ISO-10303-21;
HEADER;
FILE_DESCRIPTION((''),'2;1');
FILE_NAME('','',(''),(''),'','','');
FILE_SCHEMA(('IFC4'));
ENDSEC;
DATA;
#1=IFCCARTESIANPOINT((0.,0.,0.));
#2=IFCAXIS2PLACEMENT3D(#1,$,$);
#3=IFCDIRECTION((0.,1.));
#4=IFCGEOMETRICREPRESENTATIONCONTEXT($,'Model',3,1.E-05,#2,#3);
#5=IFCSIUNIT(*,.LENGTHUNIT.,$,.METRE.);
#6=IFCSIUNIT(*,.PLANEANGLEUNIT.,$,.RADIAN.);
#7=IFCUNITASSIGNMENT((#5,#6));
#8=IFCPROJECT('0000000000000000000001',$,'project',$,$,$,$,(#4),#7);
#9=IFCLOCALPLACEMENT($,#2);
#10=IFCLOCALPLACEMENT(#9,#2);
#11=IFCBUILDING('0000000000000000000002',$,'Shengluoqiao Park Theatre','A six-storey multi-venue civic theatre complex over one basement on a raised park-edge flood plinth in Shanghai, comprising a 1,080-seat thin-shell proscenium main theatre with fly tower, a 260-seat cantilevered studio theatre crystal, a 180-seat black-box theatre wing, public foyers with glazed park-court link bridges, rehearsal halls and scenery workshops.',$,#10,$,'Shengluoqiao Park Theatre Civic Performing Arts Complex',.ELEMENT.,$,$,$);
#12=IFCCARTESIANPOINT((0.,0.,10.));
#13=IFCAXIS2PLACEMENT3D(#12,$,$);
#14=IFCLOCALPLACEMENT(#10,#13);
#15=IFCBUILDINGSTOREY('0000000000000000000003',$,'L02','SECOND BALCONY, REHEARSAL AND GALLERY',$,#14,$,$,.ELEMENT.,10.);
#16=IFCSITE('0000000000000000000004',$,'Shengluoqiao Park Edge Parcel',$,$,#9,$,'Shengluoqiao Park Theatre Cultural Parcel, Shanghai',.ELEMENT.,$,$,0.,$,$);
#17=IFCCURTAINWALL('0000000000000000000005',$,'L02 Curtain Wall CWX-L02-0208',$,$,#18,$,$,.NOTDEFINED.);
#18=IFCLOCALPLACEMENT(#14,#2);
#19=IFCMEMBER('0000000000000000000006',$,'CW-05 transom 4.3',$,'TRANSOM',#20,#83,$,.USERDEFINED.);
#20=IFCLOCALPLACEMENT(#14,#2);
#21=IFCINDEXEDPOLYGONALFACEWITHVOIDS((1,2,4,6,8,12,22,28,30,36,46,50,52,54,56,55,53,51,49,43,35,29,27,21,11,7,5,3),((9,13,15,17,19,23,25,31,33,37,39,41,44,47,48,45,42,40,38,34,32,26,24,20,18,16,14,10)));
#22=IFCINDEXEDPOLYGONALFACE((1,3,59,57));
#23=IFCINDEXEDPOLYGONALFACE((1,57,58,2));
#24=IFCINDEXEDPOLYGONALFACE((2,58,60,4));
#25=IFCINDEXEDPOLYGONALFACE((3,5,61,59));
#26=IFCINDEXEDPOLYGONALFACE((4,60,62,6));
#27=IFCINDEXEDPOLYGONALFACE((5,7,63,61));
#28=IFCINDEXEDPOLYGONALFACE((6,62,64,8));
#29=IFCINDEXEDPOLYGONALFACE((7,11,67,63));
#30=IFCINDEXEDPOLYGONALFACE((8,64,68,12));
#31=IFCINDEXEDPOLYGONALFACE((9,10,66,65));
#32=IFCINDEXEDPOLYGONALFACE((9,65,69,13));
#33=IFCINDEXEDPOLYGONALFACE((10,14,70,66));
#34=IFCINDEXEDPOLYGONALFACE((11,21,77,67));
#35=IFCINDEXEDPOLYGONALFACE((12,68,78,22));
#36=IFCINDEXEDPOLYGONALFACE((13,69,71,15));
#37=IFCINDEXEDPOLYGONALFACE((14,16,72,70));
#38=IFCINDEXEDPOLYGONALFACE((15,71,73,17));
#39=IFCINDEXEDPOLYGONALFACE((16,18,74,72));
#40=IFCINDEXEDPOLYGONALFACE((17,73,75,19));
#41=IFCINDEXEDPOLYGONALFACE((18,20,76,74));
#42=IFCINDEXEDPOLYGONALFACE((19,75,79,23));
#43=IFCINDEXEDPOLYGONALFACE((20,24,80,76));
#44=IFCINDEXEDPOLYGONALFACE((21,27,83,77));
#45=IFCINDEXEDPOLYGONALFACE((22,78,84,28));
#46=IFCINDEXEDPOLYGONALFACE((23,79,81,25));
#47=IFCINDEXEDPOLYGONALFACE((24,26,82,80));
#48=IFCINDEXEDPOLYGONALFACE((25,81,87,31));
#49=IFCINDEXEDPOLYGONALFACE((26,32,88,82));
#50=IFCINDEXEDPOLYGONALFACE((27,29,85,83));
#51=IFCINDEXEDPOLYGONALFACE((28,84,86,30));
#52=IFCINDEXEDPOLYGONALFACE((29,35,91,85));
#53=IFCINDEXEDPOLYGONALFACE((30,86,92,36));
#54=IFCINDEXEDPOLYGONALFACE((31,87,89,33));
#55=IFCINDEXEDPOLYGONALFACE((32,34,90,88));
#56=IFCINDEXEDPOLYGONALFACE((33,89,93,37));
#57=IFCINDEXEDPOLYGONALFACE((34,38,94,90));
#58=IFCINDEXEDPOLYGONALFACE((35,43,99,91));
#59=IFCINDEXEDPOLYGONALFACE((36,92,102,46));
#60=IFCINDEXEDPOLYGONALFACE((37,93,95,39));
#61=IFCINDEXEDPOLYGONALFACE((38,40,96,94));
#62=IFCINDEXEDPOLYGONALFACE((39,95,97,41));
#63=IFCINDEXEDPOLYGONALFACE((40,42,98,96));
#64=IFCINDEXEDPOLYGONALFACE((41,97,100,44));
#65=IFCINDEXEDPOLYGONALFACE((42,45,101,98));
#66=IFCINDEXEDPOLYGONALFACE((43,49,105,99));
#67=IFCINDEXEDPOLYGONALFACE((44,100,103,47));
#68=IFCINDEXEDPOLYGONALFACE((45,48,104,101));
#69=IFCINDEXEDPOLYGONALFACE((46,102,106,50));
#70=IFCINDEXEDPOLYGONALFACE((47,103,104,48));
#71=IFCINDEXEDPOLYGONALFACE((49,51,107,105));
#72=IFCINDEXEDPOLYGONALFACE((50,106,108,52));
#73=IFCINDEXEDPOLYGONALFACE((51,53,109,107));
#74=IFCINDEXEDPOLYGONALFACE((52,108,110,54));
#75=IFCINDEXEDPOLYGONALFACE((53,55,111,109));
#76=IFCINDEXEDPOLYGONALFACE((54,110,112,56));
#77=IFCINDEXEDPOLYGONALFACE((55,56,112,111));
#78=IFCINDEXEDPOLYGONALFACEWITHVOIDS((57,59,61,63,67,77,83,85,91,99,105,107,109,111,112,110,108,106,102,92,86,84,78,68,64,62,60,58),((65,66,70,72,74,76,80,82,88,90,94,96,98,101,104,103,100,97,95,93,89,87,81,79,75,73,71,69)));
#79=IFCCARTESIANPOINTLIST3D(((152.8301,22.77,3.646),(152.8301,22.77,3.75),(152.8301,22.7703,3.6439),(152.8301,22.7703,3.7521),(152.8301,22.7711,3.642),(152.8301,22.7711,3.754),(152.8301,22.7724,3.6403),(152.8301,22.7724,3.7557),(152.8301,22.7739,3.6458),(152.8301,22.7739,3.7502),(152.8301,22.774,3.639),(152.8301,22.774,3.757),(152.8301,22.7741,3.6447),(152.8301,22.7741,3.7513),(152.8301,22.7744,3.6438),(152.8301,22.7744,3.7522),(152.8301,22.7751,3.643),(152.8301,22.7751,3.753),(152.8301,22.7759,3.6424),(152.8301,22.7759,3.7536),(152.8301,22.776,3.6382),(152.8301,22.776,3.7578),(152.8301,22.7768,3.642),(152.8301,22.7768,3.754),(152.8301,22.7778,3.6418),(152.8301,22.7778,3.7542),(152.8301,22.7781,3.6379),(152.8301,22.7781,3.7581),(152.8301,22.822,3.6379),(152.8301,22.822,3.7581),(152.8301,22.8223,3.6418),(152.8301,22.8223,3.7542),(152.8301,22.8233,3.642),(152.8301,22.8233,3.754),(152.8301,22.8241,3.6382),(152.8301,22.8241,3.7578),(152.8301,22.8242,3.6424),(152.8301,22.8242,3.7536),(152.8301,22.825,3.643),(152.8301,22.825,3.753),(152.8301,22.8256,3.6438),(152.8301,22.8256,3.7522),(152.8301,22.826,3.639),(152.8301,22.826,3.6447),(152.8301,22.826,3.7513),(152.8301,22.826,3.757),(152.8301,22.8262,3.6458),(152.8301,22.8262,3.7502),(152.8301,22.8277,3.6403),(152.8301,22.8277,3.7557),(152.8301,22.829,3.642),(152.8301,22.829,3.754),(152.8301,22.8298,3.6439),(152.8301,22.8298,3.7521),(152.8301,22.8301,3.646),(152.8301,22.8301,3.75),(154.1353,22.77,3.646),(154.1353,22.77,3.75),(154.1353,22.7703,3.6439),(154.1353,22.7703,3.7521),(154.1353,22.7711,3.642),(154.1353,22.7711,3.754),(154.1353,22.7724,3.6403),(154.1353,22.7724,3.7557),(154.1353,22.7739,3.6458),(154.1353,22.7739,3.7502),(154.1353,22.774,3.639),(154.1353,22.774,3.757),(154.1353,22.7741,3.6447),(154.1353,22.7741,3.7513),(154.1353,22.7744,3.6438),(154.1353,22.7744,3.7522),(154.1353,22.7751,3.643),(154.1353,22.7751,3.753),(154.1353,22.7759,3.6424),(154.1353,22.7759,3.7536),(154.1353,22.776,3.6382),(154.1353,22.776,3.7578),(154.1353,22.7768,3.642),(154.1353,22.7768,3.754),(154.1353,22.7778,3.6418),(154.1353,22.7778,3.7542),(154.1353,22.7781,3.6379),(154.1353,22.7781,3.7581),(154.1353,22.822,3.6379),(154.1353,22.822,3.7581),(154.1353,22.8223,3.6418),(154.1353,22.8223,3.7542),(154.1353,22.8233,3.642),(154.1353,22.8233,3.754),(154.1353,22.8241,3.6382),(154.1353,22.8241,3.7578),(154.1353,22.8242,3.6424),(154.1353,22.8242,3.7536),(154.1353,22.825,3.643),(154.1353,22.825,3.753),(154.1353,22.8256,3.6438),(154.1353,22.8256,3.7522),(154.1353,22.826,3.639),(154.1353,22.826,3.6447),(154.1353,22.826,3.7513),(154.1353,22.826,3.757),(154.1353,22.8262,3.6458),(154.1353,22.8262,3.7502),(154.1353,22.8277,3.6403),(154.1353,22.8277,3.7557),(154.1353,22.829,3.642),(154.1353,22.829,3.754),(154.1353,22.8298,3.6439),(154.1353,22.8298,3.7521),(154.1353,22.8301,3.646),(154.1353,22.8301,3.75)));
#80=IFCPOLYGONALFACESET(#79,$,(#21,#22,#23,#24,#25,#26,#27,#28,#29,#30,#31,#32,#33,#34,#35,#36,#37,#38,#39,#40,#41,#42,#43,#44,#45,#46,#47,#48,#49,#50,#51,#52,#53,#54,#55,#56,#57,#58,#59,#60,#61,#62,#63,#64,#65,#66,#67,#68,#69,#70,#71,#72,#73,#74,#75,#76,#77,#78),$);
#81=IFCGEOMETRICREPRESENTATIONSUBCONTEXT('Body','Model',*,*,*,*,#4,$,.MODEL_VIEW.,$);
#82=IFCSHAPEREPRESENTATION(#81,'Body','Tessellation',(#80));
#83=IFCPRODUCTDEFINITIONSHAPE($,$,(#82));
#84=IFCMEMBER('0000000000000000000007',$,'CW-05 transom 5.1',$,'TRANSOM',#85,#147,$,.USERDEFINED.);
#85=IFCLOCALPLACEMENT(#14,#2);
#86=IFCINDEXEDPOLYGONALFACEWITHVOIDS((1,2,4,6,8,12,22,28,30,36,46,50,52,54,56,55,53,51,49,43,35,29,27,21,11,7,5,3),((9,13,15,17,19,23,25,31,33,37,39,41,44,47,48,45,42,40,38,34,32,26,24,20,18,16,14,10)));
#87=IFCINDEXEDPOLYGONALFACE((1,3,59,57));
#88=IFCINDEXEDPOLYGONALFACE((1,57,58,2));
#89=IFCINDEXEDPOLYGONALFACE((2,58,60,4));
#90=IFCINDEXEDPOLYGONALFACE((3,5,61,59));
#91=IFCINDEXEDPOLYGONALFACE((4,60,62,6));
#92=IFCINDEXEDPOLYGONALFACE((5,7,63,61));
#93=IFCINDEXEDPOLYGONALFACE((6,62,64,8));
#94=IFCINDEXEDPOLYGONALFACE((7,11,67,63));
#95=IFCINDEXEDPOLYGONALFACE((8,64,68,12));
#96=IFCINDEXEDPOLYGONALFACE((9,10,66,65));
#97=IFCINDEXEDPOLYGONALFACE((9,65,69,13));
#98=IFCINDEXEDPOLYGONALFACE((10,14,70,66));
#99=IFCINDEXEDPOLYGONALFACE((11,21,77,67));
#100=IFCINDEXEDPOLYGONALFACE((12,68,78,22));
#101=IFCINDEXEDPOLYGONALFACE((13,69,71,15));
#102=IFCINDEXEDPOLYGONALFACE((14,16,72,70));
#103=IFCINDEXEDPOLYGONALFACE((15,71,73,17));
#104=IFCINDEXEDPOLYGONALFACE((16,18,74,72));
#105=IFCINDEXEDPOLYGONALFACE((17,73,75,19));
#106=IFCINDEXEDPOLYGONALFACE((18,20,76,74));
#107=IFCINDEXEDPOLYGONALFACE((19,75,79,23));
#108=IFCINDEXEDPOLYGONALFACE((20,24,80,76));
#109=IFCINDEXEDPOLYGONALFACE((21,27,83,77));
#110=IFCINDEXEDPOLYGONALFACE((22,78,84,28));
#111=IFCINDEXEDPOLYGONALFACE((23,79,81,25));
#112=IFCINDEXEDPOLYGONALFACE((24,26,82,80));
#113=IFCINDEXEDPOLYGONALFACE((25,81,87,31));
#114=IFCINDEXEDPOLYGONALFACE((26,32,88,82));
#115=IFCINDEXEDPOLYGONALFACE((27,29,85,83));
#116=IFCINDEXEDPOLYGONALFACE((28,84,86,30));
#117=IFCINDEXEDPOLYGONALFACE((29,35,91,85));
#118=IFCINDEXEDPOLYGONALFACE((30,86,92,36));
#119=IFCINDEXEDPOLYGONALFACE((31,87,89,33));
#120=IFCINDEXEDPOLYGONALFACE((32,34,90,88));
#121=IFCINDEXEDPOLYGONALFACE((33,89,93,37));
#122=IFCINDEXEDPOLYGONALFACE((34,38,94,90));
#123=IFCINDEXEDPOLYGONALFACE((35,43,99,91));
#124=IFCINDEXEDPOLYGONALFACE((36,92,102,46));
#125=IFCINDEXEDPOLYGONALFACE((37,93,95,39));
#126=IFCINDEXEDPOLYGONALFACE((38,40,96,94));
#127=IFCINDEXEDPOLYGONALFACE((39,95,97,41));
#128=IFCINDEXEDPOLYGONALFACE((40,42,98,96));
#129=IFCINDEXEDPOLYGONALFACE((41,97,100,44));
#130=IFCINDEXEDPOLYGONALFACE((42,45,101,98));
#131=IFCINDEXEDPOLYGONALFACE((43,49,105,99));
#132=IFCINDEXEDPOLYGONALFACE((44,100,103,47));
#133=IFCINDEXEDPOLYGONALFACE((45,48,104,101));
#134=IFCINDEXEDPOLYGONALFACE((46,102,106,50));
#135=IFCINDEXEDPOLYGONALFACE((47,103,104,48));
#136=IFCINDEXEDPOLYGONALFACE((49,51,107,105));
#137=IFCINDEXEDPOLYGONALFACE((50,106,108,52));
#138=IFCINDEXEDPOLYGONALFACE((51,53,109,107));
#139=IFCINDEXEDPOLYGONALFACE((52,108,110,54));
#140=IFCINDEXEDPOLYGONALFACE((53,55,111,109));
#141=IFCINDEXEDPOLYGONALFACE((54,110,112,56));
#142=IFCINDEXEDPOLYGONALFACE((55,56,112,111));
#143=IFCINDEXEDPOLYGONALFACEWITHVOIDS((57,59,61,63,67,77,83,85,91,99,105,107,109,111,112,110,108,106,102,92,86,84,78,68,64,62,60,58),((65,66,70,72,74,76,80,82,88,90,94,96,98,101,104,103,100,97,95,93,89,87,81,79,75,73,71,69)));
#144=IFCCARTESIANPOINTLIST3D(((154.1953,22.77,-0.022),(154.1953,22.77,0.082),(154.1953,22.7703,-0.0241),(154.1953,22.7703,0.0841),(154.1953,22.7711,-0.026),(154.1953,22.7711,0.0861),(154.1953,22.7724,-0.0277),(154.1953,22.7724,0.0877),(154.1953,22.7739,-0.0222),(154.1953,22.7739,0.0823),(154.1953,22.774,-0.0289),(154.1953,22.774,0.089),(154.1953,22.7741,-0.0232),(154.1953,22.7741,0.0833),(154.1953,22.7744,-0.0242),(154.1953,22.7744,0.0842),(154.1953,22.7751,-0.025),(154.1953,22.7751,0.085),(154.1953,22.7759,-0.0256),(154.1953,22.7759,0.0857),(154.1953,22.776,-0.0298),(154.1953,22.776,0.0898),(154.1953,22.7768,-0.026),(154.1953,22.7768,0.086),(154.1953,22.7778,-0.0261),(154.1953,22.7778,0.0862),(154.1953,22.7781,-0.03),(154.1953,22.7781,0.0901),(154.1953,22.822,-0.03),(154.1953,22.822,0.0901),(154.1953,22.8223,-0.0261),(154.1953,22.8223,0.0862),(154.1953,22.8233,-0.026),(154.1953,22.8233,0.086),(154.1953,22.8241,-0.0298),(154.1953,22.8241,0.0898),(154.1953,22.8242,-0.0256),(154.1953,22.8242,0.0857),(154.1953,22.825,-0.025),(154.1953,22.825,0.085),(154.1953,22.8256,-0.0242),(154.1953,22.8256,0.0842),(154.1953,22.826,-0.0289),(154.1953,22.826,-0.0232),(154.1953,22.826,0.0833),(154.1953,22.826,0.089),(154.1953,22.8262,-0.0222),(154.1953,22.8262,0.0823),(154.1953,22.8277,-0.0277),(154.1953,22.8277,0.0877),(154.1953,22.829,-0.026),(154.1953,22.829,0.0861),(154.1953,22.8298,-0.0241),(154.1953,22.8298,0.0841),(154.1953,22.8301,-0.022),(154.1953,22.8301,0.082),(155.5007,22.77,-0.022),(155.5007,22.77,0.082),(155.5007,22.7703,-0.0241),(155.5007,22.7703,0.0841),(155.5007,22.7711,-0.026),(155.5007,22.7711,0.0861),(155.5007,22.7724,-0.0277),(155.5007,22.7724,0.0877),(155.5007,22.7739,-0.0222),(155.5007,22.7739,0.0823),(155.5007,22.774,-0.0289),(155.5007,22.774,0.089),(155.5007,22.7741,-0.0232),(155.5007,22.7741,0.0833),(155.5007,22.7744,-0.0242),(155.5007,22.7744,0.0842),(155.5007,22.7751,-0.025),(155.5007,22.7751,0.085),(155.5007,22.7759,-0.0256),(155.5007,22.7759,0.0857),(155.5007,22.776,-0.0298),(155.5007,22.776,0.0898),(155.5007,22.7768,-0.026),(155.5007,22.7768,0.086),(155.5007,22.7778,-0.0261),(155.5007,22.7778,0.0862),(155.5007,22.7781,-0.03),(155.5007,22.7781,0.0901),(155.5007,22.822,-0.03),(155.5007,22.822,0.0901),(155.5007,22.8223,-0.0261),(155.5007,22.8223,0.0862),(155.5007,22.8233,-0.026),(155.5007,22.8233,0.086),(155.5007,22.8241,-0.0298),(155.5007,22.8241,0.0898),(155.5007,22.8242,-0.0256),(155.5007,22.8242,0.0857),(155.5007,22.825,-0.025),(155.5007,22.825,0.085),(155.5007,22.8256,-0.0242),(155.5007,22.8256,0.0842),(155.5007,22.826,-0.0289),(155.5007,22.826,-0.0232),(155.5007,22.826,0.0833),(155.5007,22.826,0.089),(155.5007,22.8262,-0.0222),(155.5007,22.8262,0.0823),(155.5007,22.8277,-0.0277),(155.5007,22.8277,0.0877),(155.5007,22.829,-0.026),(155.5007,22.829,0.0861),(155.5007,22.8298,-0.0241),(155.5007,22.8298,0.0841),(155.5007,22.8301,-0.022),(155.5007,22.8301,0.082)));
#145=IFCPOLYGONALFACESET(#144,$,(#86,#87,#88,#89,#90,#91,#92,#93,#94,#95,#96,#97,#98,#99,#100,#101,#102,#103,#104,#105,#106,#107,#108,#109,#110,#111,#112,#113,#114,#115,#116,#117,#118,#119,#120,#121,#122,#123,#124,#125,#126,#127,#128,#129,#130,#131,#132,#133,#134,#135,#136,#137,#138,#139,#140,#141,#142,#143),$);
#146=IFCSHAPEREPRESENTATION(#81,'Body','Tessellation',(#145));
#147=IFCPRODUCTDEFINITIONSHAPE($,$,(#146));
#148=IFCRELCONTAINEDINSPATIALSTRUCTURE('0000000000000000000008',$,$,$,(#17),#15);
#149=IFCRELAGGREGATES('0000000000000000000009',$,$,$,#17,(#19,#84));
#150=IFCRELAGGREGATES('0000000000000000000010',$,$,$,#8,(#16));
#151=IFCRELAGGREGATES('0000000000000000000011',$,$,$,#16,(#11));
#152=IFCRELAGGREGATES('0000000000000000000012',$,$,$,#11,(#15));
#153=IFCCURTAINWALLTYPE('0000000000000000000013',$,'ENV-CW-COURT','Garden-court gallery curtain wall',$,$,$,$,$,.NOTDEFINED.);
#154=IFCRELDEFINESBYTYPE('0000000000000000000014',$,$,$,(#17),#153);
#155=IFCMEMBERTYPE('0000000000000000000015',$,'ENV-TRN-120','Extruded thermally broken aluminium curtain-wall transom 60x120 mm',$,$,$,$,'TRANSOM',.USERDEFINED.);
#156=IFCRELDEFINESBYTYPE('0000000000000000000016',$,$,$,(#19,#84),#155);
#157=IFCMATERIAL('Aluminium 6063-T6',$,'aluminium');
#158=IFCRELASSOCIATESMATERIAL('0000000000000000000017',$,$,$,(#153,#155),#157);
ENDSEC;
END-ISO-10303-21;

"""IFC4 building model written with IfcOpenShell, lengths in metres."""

from ifc_helpers import new_model, si_unit, direction, frame, origin, origin_2d, place, context, subcontext, project, spatial, hollow_rectangle, extrude, material, material_profile, profile_set, type_object, element, aggregate, save


model = new_model("IFC4")

# Units and contexts
model_context = context("Model", 3, precision=1e-05, world=origin(), true_north=direction((0.0, 1.0)))
body_context = subcontext(model_context, "Body", "Model", "MODEL_VIEW")
ifc_project = project(units=[si_unit("LENGTHUNIT", "METRE"), si_unit("PLANEANGLEUNIT", "RADIAN")], contexts=[model_context])

# Site, building, storey
site_placement = place(None, origin())
site = spatial("IfcSite", under=ifc_project, at=site_placement, Name="Shengluoqiao Park Edge Parcel", LongName="Shengluoqiao Park Theatre Cultural Parcel, Shanghai", CompositionType="ELEMENT", RefElevation=0.0)
building_placement = place(site_placement, origin())
building = spatial("IfcBuilding", under=site, at=building_placement, Name="Shengluoqiao Park Theatre", Description="A six-storey multi-venue civic theatre complex over one basement on a raised park-edge flood plinth in Shanghai, comprising a 1,080-seat thin-shell proscenium main theatre with fly tower, a 260-seat cantilevered studio theatre crystal, a 180-seat black-box theatre wing, public foyers with glazed park-court link bridges, rehearsal halls and scenery workshops.", LongName="Shengluoqiao Park Theatre Civic Performing Arts Complex", CompositionType="ELEMENT")
storey_placement = place(building_placement, frame((0.0, 0.0, 10.0)))
storey = spatial("IfcBuildingStorey", under=building, at=storey_placement, Name="L02", Description="SECOND BALCONY, REHEARSAL AND GALLERY", CompositionType="ELEMENT", Elevation=10.0)

# Curtain wall, members
ifc_material_1 = material(Name="Aluminium 6063-T6", Category="aluminium")
curtain_wall_type = type_object("IfcCurtainWallType", Name="ENV-CW-COURT", Description="Garden-court gallery curtain wall", PredefinedType="NOTDEFINED", material=ifc_material_1)
curtain_wall_placement = place(storey_placement, origin())
curtain_wall = element("IfcCurtainWall", 1, at=curtain_wall_placement, inside=storey, type_object=curtain_wall_type, Name="L02 Curtain Wall CWX-L02-0208", PredefinedType="NOTDEFINED")
ifc_material_profile_1 = material_profile(ifc_material_1, hollow_rectangle(XDim=0.0601, YDim=0.1201, WallThickness=0.0039, InnerFilletRadius=0.0039, OuterFilletRadius=0.0081, at=origin_2d()), Name="ALU TRANSOM 120x60x4")
ifc_profile_set_1 = profile_set([ifc_material_profile_1], Name="Aluminium 6063-T6")
member_type_1 = type_object("IfcMemberType", Name="ENV-TRN-120", Description="Extruded thermally broken aluminium curtain-wall transom 60x120 mm", ElementType="TRANSOM", PredefinedType="USERDEFINED", material=ifc_profile_set_1)
member_1_placement = place(storey_placement, frame((152.8301, 22.8, 3.698), z_axis=(1.0, 0.0, 0.0), x_axis=(0.0, 1.0, 0.0)))
member_1 = element("IfcMember", 2, at=member_1_placement, type_object=member_type_1, Name="CW-05 transom 4.3", ObjectType="TRANSOM", PredefinedType="USERDEFINED", context=body_context, shape_type="SweptSolid", body=[
    extrude(hollow_rectangle(XDim=0.0601, YDim=0.1201, WallThickness=0.0039, InnerFilletRadius=0.0039, OuterFilletRadius=0.0081, at=origin_2d()), origin(), (0.0, 0.0, 1.0), 1.3052),
])
member_2_placement = place(storey_placement, frame((154.1953, 22.8, 0.03), z_axis=(1.0, 0.0, 0.0), x_axis=(0.0, 1.0, 0.0)))
member_2 = element("IfcMember", 3, at=member_2_placement, type_object=member_type_1, Name="CW-05 transom 5.1", ObjectType="TRANSOM", PredefinedType="USERDEFINED", context=body_context, shape_type="SweptSolid", body=[
    extrude(hollow_rectangle(XDim=0.0601, YDim=0.1201, WallThickness=0.0039, InnerFilletRadius=0.0039, OuterFilletRadius=0.0081, at=origin_2d()), origin(), (0.0, 0.0, 1.0), 1.3054),
])

aggregate(curtain_wall, [member_1, member_2])

save(model, "model.ifc")
